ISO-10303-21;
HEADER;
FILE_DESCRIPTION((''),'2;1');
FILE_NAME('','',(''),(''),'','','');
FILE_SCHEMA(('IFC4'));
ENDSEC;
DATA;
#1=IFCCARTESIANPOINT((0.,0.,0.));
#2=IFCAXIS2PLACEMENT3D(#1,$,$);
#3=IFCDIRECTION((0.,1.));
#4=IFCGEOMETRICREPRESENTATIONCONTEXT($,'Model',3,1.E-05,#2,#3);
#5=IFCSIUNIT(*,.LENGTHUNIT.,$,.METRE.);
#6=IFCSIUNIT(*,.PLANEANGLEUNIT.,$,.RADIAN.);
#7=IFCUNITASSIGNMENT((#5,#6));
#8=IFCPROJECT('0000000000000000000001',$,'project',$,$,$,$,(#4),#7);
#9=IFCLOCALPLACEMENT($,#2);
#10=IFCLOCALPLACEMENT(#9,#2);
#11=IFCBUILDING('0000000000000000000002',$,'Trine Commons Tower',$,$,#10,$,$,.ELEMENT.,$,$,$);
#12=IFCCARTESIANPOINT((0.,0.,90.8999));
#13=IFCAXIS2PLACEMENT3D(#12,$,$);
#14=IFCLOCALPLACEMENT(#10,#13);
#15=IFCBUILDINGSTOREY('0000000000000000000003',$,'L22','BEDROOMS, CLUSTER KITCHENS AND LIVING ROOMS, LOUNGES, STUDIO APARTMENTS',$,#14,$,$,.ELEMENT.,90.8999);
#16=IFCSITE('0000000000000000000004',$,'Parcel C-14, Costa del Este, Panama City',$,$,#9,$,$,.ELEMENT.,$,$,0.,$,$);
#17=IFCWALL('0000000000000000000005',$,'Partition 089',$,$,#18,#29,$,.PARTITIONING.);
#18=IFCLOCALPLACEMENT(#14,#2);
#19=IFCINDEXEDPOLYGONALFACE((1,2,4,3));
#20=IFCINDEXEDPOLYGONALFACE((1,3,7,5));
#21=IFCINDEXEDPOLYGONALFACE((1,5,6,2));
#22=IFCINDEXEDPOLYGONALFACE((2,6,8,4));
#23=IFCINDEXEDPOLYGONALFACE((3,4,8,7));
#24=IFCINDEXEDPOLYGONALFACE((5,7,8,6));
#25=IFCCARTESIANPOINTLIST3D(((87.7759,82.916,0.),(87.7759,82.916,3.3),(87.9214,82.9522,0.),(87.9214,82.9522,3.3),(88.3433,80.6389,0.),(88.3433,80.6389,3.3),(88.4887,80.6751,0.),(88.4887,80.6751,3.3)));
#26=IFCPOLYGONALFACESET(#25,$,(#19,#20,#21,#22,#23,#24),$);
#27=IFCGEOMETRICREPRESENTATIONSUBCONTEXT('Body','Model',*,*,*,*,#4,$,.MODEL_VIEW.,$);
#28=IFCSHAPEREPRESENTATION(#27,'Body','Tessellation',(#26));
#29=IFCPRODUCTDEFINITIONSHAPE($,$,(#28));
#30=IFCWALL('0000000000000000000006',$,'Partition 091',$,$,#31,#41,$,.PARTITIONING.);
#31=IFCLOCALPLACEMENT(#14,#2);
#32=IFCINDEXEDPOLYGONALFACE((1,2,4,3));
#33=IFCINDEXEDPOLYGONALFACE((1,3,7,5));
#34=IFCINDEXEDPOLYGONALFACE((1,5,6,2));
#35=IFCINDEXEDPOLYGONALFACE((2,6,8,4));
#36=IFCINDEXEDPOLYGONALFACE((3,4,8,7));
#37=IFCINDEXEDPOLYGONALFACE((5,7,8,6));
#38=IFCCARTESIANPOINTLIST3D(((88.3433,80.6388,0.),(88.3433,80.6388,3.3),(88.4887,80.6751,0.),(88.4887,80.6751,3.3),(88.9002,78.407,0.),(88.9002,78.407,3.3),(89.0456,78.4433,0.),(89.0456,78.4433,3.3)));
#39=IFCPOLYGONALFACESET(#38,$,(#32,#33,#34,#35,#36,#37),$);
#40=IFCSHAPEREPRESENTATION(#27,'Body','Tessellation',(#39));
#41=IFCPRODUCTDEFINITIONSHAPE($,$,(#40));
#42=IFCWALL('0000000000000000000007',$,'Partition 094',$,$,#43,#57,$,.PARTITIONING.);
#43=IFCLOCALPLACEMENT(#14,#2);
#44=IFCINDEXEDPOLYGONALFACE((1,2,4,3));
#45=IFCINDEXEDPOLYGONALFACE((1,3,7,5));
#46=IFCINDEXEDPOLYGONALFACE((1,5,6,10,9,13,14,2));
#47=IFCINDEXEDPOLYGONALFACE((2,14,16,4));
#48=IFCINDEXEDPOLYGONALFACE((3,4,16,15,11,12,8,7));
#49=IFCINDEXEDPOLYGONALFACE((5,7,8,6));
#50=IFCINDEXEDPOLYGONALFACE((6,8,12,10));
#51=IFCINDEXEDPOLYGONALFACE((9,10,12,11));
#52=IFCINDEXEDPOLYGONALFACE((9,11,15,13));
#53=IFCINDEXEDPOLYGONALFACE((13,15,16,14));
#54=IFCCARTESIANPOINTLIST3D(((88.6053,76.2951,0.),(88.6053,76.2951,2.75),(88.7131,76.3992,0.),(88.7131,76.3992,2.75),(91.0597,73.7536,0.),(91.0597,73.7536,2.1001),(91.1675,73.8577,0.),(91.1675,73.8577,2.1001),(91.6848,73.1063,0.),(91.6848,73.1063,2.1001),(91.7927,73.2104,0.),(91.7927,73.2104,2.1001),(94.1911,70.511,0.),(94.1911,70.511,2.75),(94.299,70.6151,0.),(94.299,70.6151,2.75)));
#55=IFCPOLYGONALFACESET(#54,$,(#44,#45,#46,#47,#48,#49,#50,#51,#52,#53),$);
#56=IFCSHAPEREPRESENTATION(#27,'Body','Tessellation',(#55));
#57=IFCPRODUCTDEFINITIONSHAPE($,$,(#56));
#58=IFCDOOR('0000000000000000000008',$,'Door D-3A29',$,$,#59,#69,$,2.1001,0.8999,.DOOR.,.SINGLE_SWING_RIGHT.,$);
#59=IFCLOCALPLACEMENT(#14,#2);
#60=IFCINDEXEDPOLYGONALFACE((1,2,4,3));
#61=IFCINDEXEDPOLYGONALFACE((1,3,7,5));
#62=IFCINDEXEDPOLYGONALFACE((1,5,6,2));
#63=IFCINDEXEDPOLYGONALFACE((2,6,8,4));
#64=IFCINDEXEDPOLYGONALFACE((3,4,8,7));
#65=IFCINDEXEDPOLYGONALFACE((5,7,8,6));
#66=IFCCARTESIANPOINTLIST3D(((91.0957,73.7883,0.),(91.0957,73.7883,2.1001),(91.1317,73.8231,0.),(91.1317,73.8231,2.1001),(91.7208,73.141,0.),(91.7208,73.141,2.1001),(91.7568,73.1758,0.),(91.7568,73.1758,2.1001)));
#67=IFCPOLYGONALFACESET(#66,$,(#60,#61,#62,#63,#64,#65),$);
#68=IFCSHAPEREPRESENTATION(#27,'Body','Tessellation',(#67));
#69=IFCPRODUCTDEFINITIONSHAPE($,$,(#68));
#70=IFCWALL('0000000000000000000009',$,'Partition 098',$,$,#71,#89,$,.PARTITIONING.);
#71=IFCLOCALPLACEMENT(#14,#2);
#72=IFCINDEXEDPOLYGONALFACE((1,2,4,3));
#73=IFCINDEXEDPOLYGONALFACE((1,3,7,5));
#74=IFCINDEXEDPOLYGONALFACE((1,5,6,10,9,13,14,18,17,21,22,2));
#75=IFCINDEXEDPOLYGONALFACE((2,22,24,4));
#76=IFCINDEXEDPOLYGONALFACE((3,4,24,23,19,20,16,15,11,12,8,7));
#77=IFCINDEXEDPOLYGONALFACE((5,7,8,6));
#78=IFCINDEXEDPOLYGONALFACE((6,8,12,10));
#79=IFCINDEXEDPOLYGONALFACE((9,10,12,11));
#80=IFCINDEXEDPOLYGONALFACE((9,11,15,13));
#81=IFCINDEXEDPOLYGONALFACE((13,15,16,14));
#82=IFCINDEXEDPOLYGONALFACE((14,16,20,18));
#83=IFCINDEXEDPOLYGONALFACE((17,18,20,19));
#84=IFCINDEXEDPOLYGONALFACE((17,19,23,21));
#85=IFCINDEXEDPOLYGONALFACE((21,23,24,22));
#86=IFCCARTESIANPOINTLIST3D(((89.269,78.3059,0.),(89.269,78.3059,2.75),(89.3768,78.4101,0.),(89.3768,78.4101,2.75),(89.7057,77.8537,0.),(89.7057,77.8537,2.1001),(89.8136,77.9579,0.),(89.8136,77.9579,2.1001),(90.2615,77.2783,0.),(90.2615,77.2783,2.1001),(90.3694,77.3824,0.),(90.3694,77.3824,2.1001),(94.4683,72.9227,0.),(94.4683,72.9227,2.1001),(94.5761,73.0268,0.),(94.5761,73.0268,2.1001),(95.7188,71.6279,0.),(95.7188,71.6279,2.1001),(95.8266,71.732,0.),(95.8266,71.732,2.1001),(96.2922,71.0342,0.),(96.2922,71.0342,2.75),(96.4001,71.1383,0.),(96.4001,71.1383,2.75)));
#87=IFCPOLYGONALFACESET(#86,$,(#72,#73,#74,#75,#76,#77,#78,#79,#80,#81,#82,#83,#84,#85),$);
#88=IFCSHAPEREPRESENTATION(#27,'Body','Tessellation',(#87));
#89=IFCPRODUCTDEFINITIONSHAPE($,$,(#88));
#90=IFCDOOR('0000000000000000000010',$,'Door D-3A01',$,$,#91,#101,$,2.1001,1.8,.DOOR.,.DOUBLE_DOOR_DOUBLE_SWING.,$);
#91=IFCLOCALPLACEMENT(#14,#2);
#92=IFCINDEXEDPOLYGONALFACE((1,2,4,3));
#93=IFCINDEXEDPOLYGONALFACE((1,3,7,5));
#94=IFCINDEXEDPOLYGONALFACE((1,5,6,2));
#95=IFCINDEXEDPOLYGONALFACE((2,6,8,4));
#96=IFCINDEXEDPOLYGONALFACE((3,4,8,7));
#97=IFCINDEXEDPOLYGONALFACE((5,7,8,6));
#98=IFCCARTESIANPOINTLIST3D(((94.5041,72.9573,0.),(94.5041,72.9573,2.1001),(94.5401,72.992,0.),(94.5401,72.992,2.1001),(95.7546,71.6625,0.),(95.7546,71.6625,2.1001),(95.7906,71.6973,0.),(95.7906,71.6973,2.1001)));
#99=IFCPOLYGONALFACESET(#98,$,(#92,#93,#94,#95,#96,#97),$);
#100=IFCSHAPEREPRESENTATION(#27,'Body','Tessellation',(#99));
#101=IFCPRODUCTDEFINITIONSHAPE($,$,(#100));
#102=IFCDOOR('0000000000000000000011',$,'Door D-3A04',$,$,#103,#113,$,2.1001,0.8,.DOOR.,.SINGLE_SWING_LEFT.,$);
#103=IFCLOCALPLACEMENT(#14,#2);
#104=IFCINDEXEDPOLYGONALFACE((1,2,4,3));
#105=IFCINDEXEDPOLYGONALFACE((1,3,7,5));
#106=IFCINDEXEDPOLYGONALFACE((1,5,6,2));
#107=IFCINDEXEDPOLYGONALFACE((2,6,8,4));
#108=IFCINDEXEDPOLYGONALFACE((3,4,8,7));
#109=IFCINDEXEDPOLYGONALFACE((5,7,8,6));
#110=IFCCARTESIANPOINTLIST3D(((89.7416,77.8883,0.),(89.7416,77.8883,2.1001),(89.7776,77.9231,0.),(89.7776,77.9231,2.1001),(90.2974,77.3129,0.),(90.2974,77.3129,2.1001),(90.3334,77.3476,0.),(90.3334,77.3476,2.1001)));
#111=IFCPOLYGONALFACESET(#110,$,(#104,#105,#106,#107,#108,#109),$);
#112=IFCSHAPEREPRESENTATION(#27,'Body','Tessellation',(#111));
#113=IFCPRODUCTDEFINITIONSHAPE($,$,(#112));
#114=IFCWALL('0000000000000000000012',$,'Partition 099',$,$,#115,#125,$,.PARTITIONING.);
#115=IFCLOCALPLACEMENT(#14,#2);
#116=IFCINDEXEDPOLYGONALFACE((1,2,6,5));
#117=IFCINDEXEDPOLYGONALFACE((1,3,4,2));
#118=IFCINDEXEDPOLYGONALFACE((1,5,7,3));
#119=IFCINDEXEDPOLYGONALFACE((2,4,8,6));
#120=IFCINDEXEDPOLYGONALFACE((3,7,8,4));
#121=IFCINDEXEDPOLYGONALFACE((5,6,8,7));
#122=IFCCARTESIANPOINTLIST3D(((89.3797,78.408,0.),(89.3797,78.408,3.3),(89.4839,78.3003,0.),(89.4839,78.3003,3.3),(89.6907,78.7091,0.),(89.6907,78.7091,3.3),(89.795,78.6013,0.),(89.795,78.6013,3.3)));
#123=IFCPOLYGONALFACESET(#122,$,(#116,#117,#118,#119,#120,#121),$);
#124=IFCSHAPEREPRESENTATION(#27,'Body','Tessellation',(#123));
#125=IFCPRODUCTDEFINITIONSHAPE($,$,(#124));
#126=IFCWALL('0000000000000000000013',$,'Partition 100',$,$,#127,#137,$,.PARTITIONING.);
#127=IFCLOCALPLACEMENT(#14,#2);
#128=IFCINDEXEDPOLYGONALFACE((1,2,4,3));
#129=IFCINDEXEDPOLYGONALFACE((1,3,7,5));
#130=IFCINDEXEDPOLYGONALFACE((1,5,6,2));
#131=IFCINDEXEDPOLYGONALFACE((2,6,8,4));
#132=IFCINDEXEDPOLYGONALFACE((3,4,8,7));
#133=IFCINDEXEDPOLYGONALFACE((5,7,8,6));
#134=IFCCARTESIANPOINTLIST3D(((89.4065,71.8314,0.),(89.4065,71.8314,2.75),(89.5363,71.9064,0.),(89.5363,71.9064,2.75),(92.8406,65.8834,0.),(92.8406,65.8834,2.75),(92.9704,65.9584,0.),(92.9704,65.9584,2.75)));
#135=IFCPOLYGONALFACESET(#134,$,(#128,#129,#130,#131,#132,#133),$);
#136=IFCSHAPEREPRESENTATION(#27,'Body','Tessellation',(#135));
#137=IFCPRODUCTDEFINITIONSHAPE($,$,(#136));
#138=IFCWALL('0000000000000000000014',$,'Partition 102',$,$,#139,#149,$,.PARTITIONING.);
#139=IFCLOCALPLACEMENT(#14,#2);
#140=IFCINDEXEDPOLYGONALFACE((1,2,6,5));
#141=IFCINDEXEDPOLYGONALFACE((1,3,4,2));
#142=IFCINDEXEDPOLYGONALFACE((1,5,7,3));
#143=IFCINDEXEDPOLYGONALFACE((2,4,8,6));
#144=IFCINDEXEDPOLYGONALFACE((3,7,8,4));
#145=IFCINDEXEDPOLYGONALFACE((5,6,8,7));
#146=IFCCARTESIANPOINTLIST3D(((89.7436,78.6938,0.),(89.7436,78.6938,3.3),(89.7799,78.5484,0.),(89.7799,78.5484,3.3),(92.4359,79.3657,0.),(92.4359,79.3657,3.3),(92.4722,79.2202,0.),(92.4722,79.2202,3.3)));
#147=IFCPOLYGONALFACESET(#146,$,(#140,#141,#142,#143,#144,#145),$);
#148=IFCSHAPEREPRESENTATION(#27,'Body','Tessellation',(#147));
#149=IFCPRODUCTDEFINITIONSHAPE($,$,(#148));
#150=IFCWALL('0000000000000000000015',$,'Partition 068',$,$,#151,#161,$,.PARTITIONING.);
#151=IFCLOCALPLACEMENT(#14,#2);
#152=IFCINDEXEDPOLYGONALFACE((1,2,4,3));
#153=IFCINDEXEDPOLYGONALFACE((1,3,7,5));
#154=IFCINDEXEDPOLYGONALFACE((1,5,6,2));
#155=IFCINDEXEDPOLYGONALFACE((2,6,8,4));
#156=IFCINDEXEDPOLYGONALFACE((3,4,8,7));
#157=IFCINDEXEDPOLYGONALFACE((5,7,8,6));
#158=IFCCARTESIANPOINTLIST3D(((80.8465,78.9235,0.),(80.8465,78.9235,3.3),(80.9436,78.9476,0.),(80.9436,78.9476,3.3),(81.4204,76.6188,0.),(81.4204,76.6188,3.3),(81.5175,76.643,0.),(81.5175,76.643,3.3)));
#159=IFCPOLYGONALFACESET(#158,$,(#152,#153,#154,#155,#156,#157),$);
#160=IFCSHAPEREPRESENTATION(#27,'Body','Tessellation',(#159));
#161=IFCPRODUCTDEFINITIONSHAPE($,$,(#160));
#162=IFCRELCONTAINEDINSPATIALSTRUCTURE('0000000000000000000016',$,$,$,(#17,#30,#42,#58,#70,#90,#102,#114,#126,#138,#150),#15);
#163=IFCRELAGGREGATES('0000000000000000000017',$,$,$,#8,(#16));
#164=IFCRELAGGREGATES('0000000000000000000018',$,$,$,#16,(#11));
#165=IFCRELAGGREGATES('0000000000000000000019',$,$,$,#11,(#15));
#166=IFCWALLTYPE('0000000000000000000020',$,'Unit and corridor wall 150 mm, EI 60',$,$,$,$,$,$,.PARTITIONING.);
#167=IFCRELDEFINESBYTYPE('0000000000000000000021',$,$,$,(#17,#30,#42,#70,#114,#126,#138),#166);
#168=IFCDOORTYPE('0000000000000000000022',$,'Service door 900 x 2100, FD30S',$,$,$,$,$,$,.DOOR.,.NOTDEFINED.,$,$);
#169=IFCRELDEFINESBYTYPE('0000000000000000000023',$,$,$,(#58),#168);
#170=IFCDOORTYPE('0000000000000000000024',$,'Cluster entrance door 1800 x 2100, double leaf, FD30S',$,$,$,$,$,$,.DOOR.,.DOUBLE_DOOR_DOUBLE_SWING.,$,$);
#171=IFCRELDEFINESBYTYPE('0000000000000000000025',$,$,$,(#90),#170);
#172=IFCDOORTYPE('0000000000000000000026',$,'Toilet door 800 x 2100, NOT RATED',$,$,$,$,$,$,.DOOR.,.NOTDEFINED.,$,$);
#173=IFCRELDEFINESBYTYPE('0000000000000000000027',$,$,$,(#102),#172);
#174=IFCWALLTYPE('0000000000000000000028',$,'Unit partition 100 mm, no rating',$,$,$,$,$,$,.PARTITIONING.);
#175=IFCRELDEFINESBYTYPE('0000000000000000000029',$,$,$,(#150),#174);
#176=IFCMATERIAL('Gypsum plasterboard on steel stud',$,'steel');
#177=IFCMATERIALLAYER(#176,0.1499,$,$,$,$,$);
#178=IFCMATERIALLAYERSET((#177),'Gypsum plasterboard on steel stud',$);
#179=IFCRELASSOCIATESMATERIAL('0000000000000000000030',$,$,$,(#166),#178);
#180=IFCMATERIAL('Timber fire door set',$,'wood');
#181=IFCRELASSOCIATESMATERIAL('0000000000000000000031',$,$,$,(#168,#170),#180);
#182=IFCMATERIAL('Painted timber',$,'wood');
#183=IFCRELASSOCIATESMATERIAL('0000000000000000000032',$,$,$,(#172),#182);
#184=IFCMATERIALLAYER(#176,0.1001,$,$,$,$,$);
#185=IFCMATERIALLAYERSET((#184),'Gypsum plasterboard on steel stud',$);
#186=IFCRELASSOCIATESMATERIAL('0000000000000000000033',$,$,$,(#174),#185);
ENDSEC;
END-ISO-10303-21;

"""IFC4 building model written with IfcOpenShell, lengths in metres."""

from ifc_helpers import new_model, si_unit, direction, frame, frame_2d, origin, place, context, subcontext, project, spatial, rectangle, extrude, material, layer, layer_set, type_object, element, fill, save


model = new_model("IFC4")

# Units and contexts
model_context = context("Model", 3, precision=1e-05, world=origin(), true_north=direction((0.0, 1.0)))
body_context = subcontext(model_context, "Body", "Model", "MODEL_VIEW")
ifc_project = project(units=[si_unit("LENGTHUNIT", "METRE"), si_unit("PLANEANGLEUNIT", "RADIAN")], contexts=[model_context])

# Site, building, storey
site_placement = place(None, origin())
site = spatial("IfcSite", under=ifc_project, at=site_placement, Name="Parcel C-14, Costa del Este, Panama City", CompositionType="ELEMENT", RefElevation=0.0)
building_placement = place(site_placement, origin())
building = spatial("IfcBuilding", under=site, at=building_placement, Name="Trine Commons Tower", CompositionType="ELEMENT")
storey_placement = place(building_placement, frame((0.0, 0.0, 90.8999)))
storey = spatial("IfcBuildingStorey", under=building, at=storey_placement, Name="L22", Description="BEDROOMS, CLUSTER KITCHENS AND LIVING ROOMS, LOUNGES, STUDIO APARTMENTS", CompositionType="ELEMENT", Elevation=90.8999)

# Walls
ifc_material_1 = material(Name="Gypsum plasterboard on steel stud", Category="steel")
ifc_layer_1 = layer(ifc_material_1, 0.1499)
ifc_layer_set_1 = layer_set([ifc_layer_1], Name="Gypsum plasterboard on steel stud")
wall_type_1 = type_object("IfcWallType", Name="Unit and corridor wall 150 mm, EI 60", PredefinedType="PARTITIONING", material=ifc_layer_set_1)
wall_1_placement = place(storey_placement, frame((87.8486, 82.9341, 0.0), z_axis=(0.0, 0.0, 1.0), x_axis=(0.241777, -0.970332, 0.0)))
element("IfcWall", 1, at=wall_1_placement, inside=storey, type_object=wall_type_1, Name="Partition 089", PredefinedType="PARTITIONING", context=body_context, shape_type="SweptSolid", body=[
    extrude(rectangle(XDim=2.3467, YDim=0.1499, at=frame_2d((1.1733, 0.0))), origin(), (0.0, 0.0, 1.0), 3.3),
])
wall_2_placement = place(storey_placement, frame((88.416, 80.657, 0.0), z_axis=(0.0, 0.0, 1.0), x_axis=(0.242086, -0.970255, 0.0)))
element("IfcWall", 2, at=wall_2_placement, inside=storey, type_object=wall_type_1, Name="Partition 091", PredefinedType="PARTITIONING", context=body_context, shape_type="SweptSolid", body=[
    extrude(rectangle(XDim=2.3003, YDim=0.1499, at=frame_2d((1.1501, 0.0))), origin(), (0.0, 0.0, 1.0), 3.3),
])

# Wall, opening, door
wall_3_placement = place(storey_placement, frame((88.6592, 76.3472, 0.0), z_axis=(0.0, 0.0, 1.0), x_axis=(0.694673, -0.719326, 0.0)))
wall_3 = element("IfcWall", 3, at=wall_3_placement, inside=storey, type_object=wall_type_1, Name="Partition 094", PredefinedType="PARTITIONING", context=body_context, shape_type="SweptSolid", body=[
    extrude(rectangle(XDim=8.041, YDim=0.1499, at=frame_2d((4.0205, 0.0))), origin(), (0.0, 0.0, 1.0), 2.75),
])
opening_1_placement = place(wall_3_placement, frame((3.5332, 0.0, 0.0)))
opening_1 = element("IfcOpeningElement", 4, at=opening_1_placement, cuts=wall_3, PredefinedType="OPENING", context=body_context, shape_type="SweptSolid", body=[
    extrude(rectangle(XDim=0.8999, YDim=2.1001, at=frame_2d((0.45, 1.05))), frame((0.0, 0.085, 0.0), z_axis=(0.0, -1.0, 0.0), x_axis=(1.0, 0.0, 0.0)), (0.0, 0.0, 1.0), 0.1699),
])
ifc_material_2 = material(Name="Timber fire door set", Category="wood")
door_type_1 = type_object("IfcDoorType", Name="Service door 900 x 2100, FD30S", OperationType="NOTDEFINED", PredefinedType="DOOR", material=ifc_material_2)
door_1_placement = place(opening_1_placement, frame((0.8999, 0.0, 0.0), z_axis=(0.0, 0.0, 1.0), x_axis=(-1.0, 0.0, 0.0)))
door_1 = element("IfcDoor", 5, at=door_1_placement, inside=storey, type_object=door_type_1, Name="Door D-3A29", OperationType="SINGLE_SWING_RIGHT", OverallHeight=2.1001, OverallWidth=0.8999, PredefinedType="DOOR", context=body_context, shape_type="SweptSolid", body=[
    extrude(rectangle(XDim=0.8999, YDim=2.1001, at=frame_2d((0.45, 1.05))), frame((0.0, 0.0249, 0.0), z_axis=(0.0, -1.0, 0.0), x_axis=(1.0, 0.0, 0.0)), (0.0, 0.0, 1.0), 0.05),
])
fill(opening_1, door_1)

# Wall, openings, doors
wall_4_placement = place(storey_placement, frame((89.323, 78.3579, 0.0), z_axis=(0.0, 0.0, 1.0), x_axis=(0.694708, -0.719292, 0.0)))
wall_4 = element("IfcWall", 6, at=wall_4_placement, inside=storey, type_object=wall_type_1, Name="Partition 098", PredefinedType="PARTITIONING", context=body_context, shape_type="SweptSolid", body=[
    extrude(rectangle(XDim=10.1096, YDim=0.1499, at=frame_2d((5.0547, 0.0))), origin(), (0.0, 0.0, 1.0), 2.75),
])
opening_2_placement = place(wall_4_placement, frame((7.4841, 0.0, 0.0)))
opening_2 = element("IfcOpeningElement", 7, at=opening_2_placement, cuts=wall_4, PredefinedType="OPENING", context=body_context, shape_type="SweptSolid", body=[
    extrude(rectangle(XDim=1.8, YDim=2.1001, at=frame_2d((0.8999, 1.05))), frame((0.0, 0.085, 0.0), z_axis=(0.0, -1.0, 0.0), x_axis=(1.0, 0.0, 0.0)), (0.0, 0.0, 1.0), 0.1699),
])
opening_3_placement = place(wall_4_placement, frame((0.6287, 0.0, 0.0)))
opening_3 = element("IfcOpeningElement", 8, at=opening_3_placement, cuts=wall_4, PredefinedType="OPENING", context=body_context, shape_type="SweptSolid", body=[
    extrude(rectangle(XDim=0.8, YDim=2.1001, at=frame_2d((0.3999, 1.05))), frame((0.0, 0.085, 0.0), z_axis=(0.0, -1.0, 0.0), x_axis=(1.0, 0.0, 0.0)), (0.0, 0.0, 1.0), 0.1699),
])
door_type_2 = type_object("IfcDoorType", Name="Cluster entrance door 1800 x 2100, double leaf, FD30S", OperationType="DOUBLE_DOOR_DOUBLE_SWING", PredefinedType="DOOR", material=ifc_material_2)
door_2_placement = place(opening_2_placement, origin())
door_2 = element("IfcDoor", 9, at=door_2_placement, inside=storey, type_object=door_type_2, Name="Door D-3A01", OperationType="DOUBLE_DOOR_DOUBLE_SWING", OverallHeight=2.1001, OverallWidth=1.8, PredefinedType="DOOR", context=body_context, shape_type="SweptSolid", body=[
    extrude(rectangle(XDim=1.8, YDim=2.1001, at=frame_2d((0.8999, 1.05))), frame((0.0, 0.0249, 0.0), z_axis=(0.0, -1.0, 0.0), x_axis=(1.0, 0.0, 0.0)), (0.0, 0.0, 1.0), 0.05),
])
fill(opening_2, door_2)
ifc_material_3 = material(Name="Painted timber", Category="wood")
door_type_3 = type_object("IfcDoorType", Name="Toilet door 800 x 2100, NOT RATED", OperationType="NOTDEFINED", PredefinedType="DOOR", material=ifc_material_3)
door_3_placement = place(opening_3_placement, origin())
door_3 = element("IfcDoor", 10, at=door_3_placement, inside=storey, type_object=door_type_3, Name="Door D-3A04", OperationType="SINGLE_SWING_LEFT", OverallHeight=2.1001, OverallWidth=0.8, PredefinedType="DOOR", context=body_context, shape_type="SweptSolid", body=[
    extrude(rectangle(XDim=0.8, YDim=2.1001, at=frame_2d((0.3999, 1.05))), frame((0.0, 0.0249, 0.0), z_axis=(0.0, -1.0, 0.0), x_axis=(1.0, 0.0, 0.0)), (0.0, 0.0, 1.0), 0.05),
])
fill(opening_3, door_3)

# Walls
wall_5_placement = place(storey_placement, frame((89.4319, 78.3542, 0.0), z_axis=(0.0, 0.0, 1.0), x_axis=(0.718575, 0.69545, 0.0)))
element("IfcWall", 11, at=wall_5_placement, inside=storey, type_object=wall_type_1, Name="Partition 099", PredefinedType="PARTITIONING", context=body_context, shape_type="SweptSolid", body=[
    extrude(rectangle(XDim=0.4329, YDim=0.1499, at=frame_2d((0.2163, 0.0))), origin(), (0.0, 0.0, 1.0), 3.3),
])
wall_6_placement = place(storey_placement, frame((89.4714, 71.8689, 0.0), z_axis=(0.0, 0.0, 1.0), x_axis=(0.5, -0.866025, 0.0)))
element("IfcWall", 12, at=wall_6_placement, inside=storey, type_object=wall_type_1, Name="Partition 100", PredefinedType="PARTITIONING", context=body_context, shape_type="SweptSolid", body=[
    extrude(rectangle(XDim=6.8682, YDim=0.1499, at=frame_2d((3.4341, 0.0))), origin(), (0.0, 0.0, 1.0), 2.75),
])
wall_7_placement = place(storey_placement, frame((89.7617, 78.6211, 0.0), z_axis=(0.0, 0.0, 1.0), x_axis=(0.970246, 0.242122, 0.0)))
element("IfcWall", 13, at=wall_7_placement, inside=storey, type_object=wall_type_1, Name="Partition 102", PredefinedType="PARTITIONING", context=body_context, shape_type="SweptSolid", body=[
    extrude(rectangle(XDim=2.7749, YDim=0.1499, at=frame_2d((1.3875, 0.0))), origin(), (0.0, 0.0, 1.0), 3.3),
])
ifc_layer_2 = layer(ifc_material_1, 0.1001)
ifc_layer_set_2 = layer_set([ifc_layer_2], Name="Gypsum plasterboard on steel stud")
wall_type_2 = type_object("IfcWallType", Name="Unit partition 100 mm, no rating", PredefinedType="PARTITIONING", material=ifc_layer_set_2)
wall_8_placement = place(storey_placement, frame((80.895, 78.9355, 0.0), z_axis=(0.0, 0.0, 1.0), x_axis=(0.241665, -0.97036, 0.0)))
element("IfcWall", 14, at=wall_8_placement, inside=storey, type_object=wall_type_2, Name="Partition 068", PredefinedType="PARTITIONING", context=body_context, shape_type="SweptSolid", body=[
    extrude(rectangle(XDim=2.375, YDim=0.1001, at=frame_2d((1.1875, 0.0))), origin(), (0.0, 0.0, 1.0), 3.3),
])

save(model, "model.ifc")
